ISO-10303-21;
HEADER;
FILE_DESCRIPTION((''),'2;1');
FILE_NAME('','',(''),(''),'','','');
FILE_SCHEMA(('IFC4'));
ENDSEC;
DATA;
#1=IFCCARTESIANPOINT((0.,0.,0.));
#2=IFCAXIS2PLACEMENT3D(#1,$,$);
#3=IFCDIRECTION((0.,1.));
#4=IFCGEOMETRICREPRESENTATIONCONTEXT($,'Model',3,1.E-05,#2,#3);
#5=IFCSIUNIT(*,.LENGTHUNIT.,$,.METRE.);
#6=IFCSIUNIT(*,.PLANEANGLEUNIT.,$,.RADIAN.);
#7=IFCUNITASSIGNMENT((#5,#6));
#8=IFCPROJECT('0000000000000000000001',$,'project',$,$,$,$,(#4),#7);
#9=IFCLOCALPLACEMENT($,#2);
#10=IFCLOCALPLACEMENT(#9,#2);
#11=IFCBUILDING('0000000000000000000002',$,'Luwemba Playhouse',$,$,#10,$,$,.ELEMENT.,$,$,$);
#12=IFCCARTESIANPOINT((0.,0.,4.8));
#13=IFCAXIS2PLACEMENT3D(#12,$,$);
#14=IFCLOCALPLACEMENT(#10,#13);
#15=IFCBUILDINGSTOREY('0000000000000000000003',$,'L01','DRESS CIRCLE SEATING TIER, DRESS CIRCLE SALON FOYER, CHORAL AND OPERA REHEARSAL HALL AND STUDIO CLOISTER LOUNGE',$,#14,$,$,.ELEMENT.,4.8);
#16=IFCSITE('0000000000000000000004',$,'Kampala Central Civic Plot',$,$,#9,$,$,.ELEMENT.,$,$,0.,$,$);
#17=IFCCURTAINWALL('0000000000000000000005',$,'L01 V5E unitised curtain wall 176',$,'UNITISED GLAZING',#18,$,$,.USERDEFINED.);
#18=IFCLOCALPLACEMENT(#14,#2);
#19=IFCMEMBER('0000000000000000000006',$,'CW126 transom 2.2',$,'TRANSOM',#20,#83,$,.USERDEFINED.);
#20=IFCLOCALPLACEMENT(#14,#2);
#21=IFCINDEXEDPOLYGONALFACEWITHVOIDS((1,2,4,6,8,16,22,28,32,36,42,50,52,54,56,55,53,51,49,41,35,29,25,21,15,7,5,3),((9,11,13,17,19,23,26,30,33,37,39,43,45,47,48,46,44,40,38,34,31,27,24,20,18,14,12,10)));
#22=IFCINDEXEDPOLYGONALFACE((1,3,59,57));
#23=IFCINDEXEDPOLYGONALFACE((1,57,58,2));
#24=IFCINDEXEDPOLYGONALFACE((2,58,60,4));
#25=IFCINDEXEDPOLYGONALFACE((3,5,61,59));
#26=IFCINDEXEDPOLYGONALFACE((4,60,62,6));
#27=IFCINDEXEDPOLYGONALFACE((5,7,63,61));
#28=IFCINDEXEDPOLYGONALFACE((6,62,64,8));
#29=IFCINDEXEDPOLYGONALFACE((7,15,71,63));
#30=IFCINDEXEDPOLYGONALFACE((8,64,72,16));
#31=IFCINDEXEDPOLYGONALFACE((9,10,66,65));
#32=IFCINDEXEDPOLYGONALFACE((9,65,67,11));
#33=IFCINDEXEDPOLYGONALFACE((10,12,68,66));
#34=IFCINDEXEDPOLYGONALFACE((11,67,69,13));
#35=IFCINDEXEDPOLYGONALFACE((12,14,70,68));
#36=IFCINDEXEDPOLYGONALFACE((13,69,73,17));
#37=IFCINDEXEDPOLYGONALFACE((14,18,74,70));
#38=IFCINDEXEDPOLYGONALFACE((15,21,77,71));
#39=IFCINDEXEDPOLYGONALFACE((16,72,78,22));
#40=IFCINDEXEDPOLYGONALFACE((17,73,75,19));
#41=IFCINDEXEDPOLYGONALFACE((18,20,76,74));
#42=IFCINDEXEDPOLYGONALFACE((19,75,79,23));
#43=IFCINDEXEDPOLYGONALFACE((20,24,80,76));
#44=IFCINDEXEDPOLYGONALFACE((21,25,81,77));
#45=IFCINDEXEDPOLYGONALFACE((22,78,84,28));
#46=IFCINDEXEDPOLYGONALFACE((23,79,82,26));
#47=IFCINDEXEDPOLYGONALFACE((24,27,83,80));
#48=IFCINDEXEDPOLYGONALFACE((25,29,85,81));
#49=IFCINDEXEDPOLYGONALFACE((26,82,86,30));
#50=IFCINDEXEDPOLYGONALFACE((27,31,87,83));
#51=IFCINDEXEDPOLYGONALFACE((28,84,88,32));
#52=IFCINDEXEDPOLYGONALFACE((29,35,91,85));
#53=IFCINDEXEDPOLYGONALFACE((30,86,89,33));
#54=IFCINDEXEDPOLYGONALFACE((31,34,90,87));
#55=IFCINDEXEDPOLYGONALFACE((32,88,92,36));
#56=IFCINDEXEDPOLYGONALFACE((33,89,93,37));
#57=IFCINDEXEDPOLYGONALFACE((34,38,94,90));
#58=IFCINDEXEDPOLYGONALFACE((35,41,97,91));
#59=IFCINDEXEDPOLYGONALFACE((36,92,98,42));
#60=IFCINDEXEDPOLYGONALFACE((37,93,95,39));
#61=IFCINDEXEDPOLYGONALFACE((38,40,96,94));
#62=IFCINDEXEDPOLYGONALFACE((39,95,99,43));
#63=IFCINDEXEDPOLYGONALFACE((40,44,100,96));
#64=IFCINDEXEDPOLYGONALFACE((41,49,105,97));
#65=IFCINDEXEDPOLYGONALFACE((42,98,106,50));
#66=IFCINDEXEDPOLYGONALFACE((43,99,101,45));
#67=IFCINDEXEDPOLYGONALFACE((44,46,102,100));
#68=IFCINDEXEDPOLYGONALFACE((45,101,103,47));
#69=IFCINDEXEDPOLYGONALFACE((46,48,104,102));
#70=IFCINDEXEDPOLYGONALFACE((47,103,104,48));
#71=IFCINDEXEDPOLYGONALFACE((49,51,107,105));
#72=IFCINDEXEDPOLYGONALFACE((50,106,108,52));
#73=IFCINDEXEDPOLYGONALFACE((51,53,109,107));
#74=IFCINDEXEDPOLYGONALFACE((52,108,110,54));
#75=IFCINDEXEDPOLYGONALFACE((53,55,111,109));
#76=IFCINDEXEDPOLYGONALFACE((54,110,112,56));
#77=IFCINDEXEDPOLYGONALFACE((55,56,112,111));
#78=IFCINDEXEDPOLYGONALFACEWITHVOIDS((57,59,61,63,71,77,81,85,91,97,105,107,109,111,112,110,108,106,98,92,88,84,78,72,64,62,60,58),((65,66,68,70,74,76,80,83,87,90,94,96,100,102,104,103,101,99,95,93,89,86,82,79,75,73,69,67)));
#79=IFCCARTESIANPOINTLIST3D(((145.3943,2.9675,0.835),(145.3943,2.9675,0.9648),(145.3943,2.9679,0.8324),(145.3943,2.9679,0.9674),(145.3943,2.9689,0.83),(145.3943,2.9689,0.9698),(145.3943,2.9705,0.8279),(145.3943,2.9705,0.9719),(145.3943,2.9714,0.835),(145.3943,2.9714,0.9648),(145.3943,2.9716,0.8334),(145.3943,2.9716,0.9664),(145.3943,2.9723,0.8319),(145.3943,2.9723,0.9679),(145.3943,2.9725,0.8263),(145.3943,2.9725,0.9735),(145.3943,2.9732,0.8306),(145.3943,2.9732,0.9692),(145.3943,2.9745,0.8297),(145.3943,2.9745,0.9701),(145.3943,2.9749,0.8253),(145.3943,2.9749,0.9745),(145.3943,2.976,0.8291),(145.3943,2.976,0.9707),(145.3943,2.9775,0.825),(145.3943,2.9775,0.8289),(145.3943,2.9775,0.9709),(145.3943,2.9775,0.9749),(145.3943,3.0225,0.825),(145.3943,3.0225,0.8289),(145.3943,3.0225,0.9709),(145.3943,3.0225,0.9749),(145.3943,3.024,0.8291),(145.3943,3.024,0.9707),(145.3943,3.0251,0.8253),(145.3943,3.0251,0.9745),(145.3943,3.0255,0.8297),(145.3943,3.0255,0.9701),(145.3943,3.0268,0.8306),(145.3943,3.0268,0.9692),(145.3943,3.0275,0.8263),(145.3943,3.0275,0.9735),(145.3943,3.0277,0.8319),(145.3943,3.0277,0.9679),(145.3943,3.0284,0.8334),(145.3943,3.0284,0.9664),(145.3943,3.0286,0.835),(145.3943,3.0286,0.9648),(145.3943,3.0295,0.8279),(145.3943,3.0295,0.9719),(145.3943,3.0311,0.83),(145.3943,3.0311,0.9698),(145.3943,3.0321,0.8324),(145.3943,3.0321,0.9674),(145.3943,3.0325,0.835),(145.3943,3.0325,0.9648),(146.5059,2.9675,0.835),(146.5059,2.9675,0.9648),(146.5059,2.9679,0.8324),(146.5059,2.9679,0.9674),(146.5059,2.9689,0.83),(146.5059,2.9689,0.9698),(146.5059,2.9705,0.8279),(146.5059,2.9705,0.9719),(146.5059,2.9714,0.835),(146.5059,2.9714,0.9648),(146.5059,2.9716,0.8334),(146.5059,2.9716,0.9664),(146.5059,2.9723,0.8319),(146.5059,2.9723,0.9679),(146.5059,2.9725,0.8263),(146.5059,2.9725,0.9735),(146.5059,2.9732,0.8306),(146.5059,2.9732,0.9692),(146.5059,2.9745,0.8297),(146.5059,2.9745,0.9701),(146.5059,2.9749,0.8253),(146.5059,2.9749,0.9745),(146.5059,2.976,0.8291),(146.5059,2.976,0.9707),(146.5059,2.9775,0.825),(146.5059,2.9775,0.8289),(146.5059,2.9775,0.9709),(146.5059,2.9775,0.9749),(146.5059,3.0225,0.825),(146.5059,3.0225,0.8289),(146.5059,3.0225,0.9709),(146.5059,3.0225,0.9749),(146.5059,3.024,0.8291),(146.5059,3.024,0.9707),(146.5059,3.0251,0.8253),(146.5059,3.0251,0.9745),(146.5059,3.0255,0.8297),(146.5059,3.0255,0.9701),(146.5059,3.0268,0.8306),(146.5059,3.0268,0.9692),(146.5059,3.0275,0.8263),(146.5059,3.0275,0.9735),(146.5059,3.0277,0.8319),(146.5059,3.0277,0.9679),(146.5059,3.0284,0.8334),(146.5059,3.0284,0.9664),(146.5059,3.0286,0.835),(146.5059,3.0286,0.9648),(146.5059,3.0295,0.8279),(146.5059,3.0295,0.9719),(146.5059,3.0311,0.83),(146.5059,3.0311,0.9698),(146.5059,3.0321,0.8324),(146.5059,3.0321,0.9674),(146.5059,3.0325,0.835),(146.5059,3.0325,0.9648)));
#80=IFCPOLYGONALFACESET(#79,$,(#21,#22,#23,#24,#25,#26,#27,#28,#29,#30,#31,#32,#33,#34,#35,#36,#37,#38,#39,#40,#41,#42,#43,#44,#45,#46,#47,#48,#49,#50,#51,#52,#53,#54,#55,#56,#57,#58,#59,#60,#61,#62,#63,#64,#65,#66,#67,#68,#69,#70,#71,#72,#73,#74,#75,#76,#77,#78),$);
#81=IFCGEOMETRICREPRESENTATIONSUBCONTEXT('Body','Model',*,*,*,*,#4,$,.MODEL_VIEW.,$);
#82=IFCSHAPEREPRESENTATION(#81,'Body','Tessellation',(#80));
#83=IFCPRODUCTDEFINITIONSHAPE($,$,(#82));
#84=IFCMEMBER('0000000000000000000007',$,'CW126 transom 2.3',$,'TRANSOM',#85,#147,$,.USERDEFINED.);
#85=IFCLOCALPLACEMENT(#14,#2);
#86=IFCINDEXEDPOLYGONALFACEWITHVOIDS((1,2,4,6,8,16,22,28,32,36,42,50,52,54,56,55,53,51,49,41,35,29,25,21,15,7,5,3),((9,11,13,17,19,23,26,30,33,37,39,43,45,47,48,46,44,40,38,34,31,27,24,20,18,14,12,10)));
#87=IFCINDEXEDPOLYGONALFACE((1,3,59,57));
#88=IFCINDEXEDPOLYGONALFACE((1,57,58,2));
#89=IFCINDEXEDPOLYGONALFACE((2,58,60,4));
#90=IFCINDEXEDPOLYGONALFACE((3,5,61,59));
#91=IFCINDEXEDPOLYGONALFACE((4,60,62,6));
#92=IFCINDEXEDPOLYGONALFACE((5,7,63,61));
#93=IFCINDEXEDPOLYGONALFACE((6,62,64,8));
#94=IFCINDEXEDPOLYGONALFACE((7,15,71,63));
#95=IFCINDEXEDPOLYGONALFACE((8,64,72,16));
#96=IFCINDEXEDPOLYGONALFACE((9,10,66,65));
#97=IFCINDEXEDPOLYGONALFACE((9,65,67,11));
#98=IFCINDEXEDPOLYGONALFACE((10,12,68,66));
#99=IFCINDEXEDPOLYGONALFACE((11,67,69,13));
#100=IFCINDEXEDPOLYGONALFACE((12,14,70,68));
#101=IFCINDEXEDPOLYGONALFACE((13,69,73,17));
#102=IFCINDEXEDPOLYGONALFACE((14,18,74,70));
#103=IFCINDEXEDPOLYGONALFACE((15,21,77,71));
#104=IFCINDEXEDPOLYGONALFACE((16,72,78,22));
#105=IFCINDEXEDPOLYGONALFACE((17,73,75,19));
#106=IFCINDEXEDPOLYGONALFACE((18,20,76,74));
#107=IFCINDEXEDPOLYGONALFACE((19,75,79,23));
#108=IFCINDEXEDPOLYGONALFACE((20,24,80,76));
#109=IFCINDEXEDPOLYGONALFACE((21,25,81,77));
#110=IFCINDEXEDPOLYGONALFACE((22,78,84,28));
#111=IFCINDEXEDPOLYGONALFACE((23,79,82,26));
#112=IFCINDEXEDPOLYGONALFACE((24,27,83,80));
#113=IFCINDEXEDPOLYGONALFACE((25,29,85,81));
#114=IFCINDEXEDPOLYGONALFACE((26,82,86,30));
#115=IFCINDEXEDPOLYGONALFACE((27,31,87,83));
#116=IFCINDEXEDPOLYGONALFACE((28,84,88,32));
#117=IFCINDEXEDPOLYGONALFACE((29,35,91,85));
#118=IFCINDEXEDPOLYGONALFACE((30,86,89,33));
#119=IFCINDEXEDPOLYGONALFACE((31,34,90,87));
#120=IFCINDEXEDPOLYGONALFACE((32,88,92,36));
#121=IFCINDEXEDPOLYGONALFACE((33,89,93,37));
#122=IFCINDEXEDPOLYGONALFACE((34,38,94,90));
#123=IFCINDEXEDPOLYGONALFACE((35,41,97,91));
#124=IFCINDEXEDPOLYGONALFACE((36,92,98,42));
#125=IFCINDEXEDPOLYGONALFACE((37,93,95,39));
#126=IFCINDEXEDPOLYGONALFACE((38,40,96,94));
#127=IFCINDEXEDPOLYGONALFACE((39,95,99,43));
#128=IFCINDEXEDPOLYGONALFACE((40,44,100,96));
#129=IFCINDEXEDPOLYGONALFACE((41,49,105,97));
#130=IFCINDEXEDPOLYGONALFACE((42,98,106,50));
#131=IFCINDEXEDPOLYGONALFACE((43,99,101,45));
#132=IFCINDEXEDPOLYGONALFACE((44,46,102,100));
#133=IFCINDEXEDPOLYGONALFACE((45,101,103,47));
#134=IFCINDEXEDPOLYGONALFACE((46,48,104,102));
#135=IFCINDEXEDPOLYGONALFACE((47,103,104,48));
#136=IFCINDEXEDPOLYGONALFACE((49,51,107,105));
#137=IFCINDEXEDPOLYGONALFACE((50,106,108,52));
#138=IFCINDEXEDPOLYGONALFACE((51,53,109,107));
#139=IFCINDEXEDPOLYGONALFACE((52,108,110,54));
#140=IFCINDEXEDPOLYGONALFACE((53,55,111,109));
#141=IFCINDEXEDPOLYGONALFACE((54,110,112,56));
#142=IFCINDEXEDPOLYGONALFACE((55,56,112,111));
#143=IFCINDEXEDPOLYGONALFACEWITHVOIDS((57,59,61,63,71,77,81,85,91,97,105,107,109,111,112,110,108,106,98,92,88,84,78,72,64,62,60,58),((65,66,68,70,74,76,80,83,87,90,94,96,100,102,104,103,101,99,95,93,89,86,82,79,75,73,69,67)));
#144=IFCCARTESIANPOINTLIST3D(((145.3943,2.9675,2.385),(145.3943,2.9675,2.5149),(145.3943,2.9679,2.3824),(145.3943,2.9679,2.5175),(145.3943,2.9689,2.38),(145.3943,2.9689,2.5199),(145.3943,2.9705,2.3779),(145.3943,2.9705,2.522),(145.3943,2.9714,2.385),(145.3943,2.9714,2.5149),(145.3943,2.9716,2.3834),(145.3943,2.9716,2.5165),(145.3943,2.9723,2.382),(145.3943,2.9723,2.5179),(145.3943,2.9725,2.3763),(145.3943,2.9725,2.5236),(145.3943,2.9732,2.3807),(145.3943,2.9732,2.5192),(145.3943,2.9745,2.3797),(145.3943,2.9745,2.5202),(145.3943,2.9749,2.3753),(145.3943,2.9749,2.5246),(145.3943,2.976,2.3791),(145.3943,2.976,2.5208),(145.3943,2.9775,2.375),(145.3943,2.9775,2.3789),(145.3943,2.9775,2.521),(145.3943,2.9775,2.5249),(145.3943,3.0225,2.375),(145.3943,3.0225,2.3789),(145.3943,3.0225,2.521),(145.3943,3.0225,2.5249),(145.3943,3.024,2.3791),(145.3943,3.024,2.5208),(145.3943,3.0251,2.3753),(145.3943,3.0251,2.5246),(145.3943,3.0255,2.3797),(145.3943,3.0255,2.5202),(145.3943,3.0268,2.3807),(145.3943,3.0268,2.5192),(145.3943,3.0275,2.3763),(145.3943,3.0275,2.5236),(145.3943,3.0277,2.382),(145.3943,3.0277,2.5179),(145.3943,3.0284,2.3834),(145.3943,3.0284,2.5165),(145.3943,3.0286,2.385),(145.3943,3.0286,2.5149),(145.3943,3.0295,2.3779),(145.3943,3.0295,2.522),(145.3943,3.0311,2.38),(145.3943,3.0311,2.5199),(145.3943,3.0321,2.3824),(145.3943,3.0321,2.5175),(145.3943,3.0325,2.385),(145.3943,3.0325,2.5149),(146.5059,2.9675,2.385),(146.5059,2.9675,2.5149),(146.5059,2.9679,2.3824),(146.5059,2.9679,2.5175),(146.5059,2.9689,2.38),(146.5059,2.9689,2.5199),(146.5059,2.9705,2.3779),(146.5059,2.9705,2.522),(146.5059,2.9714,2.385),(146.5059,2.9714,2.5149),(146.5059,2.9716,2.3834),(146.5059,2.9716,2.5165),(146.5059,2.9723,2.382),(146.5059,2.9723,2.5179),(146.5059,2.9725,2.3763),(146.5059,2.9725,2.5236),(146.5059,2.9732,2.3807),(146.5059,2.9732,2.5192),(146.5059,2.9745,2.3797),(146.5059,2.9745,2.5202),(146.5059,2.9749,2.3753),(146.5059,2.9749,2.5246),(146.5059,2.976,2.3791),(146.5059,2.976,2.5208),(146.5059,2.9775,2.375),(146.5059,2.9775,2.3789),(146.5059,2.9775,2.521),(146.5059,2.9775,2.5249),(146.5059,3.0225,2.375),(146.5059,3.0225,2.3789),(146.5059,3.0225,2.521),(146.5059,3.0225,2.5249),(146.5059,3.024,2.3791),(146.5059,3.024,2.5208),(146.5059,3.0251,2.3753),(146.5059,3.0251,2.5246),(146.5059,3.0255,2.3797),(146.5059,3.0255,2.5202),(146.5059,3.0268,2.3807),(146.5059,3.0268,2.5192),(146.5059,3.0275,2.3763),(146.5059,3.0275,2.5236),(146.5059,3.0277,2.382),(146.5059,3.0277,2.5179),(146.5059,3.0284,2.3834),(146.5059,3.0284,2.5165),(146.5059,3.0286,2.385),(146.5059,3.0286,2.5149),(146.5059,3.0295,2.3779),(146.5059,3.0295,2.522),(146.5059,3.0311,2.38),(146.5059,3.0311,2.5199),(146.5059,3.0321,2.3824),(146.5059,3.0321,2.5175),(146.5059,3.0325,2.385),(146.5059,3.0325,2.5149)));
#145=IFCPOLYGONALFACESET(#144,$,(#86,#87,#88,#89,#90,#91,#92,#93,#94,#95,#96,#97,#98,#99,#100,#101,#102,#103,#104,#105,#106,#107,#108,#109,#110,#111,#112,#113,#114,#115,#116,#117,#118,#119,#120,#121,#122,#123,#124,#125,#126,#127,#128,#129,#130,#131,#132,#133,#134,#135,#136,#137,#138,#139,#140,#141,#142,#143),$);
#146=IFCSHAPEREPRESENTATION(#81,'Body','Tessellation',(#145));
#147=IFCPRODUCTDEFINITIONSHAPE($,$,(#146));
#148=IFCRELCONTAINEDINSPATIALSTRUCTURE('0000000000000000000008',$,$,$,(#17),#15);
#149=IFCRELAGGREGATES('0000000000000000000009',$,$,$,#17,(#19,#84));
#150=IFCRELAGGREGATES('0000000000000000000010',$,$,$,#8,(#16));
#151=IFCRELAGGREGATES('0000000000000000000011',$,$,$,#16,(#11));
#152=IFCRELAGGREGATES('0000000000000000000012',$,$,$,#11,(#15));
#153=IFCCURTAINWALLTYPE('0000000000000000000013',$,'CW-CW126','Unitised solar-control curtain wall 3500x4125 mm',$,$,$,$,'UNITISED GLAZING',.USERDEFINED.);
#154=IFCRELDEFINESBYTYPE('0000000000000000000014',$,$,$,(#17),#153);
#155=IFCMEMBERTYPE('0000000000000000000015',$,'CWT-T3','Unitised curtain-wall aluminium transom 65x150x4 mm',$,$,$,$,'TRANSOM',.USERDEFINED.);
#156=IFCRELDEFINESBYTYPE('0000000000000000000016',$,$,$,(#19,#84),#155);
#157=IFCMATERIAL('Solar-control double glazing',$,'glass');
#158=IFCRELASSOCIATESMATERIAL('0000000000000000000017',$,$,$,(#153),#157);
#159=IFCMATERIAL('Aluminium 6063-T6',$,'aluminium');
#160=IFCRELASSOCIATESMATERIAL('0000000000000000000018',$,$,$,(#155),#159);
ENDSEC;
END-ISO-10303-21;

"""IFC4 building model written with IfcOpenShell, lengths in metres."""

from ifc_helpers import new_model, si_unit, direction, frame, origin, origin_2d, place, context, subcontext, project, spatial, hollow_rectangle, extrude, material, material_profile, profile_set, type_object, element, aggregate, save


model = new_model("IFC4")

# Units and contexts
model_context = context("Model", 3, precision=1e-05, world=origin(), true_north=direction((0.0, 1.0)))
body_context = subcontext(model_context, "Body", "Model", "MODEL_VIEW")
ifc_project = project(units=[si_unit("LENGTHUNIT", "METRE"), si_unit("PLANEANGLEUNIT", "RADIAN")], contexts=[model_context])

# Site, building, storey
site_placement = place(None, origin())
site = spatial("IfcSite", under=ifc_project, at=site_placement, Name="Kampala Central Civic Plot", CompositionType="ELEMENT", RefElevation=0.0)
building_placement = place(site_placement, origin())
building = spatial("IfcBuilding", under=site, at=building_placement, Name="Luwemba Playhouse", CompositionType="ELEMENT")
storey_placement = place(building_placement, frame((0.0, 0.0, 4.8)))
storey = spatial("IfcBuildingStorey", under=building, at=storey_placement, Name="L01", Description="DRESS CIRCLE SEATING TIER, DRESS CIRCLE SALON FOYER, CHORAL AND OPERA REHEARSAL HALL AND STUDIO CLOISTER LOUNGE", CompositionType="ELEMENT", Elevation=4.8)

# Curtain wall, members
ifc_material_1 = material(Name="Solar-control double glazing", Category="glass")
curtain_wall_type = type_object("IfcCurtainWallType", Name="CW-CW126", Description="Unitised solar-control curtain wall 3500x4125 mm", ElementType="UNITISED GLAZING", PredefinedType="USERDEFINED", material=ifc_material_1)
curtain_wall_placement = place(storey_placement, origin())
curtain_wall = element("IfcCurtainWall", 1, at=curtain_wall_placement, inside=storey, type_object=curtain_wall_type, Name="L01 V5E unitised curtain wall 176", ObjectType="UNITISED GLAZING", PredefinedType="USERDEFINED")
ifc_material_2 = material(Name="Aluminium 6063-T6", Category="aluminium")
ifc_material_profile_1 = material_profile(ifc_material_2, hollow_rectangle(XDim=0.0649, YDim=0.1499, WallThickness=0.0039, InnerFilletRadius=0.0061, OuterFilletRadius=0.01, at=origin_2d()))
ifc_profile_set_1 = profile_set([ifc_material_profile_1], Name="Aluminium 6063-T6")
member_type_1 = type_object("IfcMemberType", Name="CWT-T3", Description="Unitised curtain-wall aluminium transom 65x150x4 mm", ElementType="TRANSOM", PredefinedType="USERDEFINED", material=ifc_profile_set_1)
member_1_placement = place(storey_placement, frame((146.5059, 3.0, 0.8999), z_axis=(-1.0, 0.0, 0.0), x_axis=(0.0, -1.0, 0.0)))
member_1 = element("IfcMember", 2, at=member_1_placement, type_object=member_type_1, Name="CW126 transom 2.2", ObjectType="TRANSOM", PredefinedType="USERDEFINED", context=body_context, shape_type="SweptSolid", body=[
    extrude(hollow_rectangle(XDim=0.0649, YDim=0.1499, WallThickness=0.0039, InnerFilletRadius=0.0061, OuterFilletRadius=0.01, at=origin_2d()), origin(), (0.0, 0.0, 1.0), 1.1116),
])
member_2_placement = place(storey_placement, frame((146.5059, 3.0, 2.45), z_axis=(-1.0, 0.0, 0.0), x_axis=(0.0, -1.0, 0.0)))
member_2 = element("IfcMember", 3, at=member_2_placement, type_object=member_type_1, Name="CW126 transom 2.3", ObjectType="TRANSOM", PredefinedType="USERDEFINED", context=body_context, shape_type="SweptSolid", body=[
    extrude(hollow_rectangle(XDim=0.0649, YDim=0.1499, WallThickness=0.0039, InnerFilletRadius=0.0061, OuterFilletRadius=0.01, at=origin_2d()), origin(), (0.0, 0.0, 1.0), 1.1116),
])

aggregate(curtain_wall, [member_1, member_2])

save(model, "model.ifc")
